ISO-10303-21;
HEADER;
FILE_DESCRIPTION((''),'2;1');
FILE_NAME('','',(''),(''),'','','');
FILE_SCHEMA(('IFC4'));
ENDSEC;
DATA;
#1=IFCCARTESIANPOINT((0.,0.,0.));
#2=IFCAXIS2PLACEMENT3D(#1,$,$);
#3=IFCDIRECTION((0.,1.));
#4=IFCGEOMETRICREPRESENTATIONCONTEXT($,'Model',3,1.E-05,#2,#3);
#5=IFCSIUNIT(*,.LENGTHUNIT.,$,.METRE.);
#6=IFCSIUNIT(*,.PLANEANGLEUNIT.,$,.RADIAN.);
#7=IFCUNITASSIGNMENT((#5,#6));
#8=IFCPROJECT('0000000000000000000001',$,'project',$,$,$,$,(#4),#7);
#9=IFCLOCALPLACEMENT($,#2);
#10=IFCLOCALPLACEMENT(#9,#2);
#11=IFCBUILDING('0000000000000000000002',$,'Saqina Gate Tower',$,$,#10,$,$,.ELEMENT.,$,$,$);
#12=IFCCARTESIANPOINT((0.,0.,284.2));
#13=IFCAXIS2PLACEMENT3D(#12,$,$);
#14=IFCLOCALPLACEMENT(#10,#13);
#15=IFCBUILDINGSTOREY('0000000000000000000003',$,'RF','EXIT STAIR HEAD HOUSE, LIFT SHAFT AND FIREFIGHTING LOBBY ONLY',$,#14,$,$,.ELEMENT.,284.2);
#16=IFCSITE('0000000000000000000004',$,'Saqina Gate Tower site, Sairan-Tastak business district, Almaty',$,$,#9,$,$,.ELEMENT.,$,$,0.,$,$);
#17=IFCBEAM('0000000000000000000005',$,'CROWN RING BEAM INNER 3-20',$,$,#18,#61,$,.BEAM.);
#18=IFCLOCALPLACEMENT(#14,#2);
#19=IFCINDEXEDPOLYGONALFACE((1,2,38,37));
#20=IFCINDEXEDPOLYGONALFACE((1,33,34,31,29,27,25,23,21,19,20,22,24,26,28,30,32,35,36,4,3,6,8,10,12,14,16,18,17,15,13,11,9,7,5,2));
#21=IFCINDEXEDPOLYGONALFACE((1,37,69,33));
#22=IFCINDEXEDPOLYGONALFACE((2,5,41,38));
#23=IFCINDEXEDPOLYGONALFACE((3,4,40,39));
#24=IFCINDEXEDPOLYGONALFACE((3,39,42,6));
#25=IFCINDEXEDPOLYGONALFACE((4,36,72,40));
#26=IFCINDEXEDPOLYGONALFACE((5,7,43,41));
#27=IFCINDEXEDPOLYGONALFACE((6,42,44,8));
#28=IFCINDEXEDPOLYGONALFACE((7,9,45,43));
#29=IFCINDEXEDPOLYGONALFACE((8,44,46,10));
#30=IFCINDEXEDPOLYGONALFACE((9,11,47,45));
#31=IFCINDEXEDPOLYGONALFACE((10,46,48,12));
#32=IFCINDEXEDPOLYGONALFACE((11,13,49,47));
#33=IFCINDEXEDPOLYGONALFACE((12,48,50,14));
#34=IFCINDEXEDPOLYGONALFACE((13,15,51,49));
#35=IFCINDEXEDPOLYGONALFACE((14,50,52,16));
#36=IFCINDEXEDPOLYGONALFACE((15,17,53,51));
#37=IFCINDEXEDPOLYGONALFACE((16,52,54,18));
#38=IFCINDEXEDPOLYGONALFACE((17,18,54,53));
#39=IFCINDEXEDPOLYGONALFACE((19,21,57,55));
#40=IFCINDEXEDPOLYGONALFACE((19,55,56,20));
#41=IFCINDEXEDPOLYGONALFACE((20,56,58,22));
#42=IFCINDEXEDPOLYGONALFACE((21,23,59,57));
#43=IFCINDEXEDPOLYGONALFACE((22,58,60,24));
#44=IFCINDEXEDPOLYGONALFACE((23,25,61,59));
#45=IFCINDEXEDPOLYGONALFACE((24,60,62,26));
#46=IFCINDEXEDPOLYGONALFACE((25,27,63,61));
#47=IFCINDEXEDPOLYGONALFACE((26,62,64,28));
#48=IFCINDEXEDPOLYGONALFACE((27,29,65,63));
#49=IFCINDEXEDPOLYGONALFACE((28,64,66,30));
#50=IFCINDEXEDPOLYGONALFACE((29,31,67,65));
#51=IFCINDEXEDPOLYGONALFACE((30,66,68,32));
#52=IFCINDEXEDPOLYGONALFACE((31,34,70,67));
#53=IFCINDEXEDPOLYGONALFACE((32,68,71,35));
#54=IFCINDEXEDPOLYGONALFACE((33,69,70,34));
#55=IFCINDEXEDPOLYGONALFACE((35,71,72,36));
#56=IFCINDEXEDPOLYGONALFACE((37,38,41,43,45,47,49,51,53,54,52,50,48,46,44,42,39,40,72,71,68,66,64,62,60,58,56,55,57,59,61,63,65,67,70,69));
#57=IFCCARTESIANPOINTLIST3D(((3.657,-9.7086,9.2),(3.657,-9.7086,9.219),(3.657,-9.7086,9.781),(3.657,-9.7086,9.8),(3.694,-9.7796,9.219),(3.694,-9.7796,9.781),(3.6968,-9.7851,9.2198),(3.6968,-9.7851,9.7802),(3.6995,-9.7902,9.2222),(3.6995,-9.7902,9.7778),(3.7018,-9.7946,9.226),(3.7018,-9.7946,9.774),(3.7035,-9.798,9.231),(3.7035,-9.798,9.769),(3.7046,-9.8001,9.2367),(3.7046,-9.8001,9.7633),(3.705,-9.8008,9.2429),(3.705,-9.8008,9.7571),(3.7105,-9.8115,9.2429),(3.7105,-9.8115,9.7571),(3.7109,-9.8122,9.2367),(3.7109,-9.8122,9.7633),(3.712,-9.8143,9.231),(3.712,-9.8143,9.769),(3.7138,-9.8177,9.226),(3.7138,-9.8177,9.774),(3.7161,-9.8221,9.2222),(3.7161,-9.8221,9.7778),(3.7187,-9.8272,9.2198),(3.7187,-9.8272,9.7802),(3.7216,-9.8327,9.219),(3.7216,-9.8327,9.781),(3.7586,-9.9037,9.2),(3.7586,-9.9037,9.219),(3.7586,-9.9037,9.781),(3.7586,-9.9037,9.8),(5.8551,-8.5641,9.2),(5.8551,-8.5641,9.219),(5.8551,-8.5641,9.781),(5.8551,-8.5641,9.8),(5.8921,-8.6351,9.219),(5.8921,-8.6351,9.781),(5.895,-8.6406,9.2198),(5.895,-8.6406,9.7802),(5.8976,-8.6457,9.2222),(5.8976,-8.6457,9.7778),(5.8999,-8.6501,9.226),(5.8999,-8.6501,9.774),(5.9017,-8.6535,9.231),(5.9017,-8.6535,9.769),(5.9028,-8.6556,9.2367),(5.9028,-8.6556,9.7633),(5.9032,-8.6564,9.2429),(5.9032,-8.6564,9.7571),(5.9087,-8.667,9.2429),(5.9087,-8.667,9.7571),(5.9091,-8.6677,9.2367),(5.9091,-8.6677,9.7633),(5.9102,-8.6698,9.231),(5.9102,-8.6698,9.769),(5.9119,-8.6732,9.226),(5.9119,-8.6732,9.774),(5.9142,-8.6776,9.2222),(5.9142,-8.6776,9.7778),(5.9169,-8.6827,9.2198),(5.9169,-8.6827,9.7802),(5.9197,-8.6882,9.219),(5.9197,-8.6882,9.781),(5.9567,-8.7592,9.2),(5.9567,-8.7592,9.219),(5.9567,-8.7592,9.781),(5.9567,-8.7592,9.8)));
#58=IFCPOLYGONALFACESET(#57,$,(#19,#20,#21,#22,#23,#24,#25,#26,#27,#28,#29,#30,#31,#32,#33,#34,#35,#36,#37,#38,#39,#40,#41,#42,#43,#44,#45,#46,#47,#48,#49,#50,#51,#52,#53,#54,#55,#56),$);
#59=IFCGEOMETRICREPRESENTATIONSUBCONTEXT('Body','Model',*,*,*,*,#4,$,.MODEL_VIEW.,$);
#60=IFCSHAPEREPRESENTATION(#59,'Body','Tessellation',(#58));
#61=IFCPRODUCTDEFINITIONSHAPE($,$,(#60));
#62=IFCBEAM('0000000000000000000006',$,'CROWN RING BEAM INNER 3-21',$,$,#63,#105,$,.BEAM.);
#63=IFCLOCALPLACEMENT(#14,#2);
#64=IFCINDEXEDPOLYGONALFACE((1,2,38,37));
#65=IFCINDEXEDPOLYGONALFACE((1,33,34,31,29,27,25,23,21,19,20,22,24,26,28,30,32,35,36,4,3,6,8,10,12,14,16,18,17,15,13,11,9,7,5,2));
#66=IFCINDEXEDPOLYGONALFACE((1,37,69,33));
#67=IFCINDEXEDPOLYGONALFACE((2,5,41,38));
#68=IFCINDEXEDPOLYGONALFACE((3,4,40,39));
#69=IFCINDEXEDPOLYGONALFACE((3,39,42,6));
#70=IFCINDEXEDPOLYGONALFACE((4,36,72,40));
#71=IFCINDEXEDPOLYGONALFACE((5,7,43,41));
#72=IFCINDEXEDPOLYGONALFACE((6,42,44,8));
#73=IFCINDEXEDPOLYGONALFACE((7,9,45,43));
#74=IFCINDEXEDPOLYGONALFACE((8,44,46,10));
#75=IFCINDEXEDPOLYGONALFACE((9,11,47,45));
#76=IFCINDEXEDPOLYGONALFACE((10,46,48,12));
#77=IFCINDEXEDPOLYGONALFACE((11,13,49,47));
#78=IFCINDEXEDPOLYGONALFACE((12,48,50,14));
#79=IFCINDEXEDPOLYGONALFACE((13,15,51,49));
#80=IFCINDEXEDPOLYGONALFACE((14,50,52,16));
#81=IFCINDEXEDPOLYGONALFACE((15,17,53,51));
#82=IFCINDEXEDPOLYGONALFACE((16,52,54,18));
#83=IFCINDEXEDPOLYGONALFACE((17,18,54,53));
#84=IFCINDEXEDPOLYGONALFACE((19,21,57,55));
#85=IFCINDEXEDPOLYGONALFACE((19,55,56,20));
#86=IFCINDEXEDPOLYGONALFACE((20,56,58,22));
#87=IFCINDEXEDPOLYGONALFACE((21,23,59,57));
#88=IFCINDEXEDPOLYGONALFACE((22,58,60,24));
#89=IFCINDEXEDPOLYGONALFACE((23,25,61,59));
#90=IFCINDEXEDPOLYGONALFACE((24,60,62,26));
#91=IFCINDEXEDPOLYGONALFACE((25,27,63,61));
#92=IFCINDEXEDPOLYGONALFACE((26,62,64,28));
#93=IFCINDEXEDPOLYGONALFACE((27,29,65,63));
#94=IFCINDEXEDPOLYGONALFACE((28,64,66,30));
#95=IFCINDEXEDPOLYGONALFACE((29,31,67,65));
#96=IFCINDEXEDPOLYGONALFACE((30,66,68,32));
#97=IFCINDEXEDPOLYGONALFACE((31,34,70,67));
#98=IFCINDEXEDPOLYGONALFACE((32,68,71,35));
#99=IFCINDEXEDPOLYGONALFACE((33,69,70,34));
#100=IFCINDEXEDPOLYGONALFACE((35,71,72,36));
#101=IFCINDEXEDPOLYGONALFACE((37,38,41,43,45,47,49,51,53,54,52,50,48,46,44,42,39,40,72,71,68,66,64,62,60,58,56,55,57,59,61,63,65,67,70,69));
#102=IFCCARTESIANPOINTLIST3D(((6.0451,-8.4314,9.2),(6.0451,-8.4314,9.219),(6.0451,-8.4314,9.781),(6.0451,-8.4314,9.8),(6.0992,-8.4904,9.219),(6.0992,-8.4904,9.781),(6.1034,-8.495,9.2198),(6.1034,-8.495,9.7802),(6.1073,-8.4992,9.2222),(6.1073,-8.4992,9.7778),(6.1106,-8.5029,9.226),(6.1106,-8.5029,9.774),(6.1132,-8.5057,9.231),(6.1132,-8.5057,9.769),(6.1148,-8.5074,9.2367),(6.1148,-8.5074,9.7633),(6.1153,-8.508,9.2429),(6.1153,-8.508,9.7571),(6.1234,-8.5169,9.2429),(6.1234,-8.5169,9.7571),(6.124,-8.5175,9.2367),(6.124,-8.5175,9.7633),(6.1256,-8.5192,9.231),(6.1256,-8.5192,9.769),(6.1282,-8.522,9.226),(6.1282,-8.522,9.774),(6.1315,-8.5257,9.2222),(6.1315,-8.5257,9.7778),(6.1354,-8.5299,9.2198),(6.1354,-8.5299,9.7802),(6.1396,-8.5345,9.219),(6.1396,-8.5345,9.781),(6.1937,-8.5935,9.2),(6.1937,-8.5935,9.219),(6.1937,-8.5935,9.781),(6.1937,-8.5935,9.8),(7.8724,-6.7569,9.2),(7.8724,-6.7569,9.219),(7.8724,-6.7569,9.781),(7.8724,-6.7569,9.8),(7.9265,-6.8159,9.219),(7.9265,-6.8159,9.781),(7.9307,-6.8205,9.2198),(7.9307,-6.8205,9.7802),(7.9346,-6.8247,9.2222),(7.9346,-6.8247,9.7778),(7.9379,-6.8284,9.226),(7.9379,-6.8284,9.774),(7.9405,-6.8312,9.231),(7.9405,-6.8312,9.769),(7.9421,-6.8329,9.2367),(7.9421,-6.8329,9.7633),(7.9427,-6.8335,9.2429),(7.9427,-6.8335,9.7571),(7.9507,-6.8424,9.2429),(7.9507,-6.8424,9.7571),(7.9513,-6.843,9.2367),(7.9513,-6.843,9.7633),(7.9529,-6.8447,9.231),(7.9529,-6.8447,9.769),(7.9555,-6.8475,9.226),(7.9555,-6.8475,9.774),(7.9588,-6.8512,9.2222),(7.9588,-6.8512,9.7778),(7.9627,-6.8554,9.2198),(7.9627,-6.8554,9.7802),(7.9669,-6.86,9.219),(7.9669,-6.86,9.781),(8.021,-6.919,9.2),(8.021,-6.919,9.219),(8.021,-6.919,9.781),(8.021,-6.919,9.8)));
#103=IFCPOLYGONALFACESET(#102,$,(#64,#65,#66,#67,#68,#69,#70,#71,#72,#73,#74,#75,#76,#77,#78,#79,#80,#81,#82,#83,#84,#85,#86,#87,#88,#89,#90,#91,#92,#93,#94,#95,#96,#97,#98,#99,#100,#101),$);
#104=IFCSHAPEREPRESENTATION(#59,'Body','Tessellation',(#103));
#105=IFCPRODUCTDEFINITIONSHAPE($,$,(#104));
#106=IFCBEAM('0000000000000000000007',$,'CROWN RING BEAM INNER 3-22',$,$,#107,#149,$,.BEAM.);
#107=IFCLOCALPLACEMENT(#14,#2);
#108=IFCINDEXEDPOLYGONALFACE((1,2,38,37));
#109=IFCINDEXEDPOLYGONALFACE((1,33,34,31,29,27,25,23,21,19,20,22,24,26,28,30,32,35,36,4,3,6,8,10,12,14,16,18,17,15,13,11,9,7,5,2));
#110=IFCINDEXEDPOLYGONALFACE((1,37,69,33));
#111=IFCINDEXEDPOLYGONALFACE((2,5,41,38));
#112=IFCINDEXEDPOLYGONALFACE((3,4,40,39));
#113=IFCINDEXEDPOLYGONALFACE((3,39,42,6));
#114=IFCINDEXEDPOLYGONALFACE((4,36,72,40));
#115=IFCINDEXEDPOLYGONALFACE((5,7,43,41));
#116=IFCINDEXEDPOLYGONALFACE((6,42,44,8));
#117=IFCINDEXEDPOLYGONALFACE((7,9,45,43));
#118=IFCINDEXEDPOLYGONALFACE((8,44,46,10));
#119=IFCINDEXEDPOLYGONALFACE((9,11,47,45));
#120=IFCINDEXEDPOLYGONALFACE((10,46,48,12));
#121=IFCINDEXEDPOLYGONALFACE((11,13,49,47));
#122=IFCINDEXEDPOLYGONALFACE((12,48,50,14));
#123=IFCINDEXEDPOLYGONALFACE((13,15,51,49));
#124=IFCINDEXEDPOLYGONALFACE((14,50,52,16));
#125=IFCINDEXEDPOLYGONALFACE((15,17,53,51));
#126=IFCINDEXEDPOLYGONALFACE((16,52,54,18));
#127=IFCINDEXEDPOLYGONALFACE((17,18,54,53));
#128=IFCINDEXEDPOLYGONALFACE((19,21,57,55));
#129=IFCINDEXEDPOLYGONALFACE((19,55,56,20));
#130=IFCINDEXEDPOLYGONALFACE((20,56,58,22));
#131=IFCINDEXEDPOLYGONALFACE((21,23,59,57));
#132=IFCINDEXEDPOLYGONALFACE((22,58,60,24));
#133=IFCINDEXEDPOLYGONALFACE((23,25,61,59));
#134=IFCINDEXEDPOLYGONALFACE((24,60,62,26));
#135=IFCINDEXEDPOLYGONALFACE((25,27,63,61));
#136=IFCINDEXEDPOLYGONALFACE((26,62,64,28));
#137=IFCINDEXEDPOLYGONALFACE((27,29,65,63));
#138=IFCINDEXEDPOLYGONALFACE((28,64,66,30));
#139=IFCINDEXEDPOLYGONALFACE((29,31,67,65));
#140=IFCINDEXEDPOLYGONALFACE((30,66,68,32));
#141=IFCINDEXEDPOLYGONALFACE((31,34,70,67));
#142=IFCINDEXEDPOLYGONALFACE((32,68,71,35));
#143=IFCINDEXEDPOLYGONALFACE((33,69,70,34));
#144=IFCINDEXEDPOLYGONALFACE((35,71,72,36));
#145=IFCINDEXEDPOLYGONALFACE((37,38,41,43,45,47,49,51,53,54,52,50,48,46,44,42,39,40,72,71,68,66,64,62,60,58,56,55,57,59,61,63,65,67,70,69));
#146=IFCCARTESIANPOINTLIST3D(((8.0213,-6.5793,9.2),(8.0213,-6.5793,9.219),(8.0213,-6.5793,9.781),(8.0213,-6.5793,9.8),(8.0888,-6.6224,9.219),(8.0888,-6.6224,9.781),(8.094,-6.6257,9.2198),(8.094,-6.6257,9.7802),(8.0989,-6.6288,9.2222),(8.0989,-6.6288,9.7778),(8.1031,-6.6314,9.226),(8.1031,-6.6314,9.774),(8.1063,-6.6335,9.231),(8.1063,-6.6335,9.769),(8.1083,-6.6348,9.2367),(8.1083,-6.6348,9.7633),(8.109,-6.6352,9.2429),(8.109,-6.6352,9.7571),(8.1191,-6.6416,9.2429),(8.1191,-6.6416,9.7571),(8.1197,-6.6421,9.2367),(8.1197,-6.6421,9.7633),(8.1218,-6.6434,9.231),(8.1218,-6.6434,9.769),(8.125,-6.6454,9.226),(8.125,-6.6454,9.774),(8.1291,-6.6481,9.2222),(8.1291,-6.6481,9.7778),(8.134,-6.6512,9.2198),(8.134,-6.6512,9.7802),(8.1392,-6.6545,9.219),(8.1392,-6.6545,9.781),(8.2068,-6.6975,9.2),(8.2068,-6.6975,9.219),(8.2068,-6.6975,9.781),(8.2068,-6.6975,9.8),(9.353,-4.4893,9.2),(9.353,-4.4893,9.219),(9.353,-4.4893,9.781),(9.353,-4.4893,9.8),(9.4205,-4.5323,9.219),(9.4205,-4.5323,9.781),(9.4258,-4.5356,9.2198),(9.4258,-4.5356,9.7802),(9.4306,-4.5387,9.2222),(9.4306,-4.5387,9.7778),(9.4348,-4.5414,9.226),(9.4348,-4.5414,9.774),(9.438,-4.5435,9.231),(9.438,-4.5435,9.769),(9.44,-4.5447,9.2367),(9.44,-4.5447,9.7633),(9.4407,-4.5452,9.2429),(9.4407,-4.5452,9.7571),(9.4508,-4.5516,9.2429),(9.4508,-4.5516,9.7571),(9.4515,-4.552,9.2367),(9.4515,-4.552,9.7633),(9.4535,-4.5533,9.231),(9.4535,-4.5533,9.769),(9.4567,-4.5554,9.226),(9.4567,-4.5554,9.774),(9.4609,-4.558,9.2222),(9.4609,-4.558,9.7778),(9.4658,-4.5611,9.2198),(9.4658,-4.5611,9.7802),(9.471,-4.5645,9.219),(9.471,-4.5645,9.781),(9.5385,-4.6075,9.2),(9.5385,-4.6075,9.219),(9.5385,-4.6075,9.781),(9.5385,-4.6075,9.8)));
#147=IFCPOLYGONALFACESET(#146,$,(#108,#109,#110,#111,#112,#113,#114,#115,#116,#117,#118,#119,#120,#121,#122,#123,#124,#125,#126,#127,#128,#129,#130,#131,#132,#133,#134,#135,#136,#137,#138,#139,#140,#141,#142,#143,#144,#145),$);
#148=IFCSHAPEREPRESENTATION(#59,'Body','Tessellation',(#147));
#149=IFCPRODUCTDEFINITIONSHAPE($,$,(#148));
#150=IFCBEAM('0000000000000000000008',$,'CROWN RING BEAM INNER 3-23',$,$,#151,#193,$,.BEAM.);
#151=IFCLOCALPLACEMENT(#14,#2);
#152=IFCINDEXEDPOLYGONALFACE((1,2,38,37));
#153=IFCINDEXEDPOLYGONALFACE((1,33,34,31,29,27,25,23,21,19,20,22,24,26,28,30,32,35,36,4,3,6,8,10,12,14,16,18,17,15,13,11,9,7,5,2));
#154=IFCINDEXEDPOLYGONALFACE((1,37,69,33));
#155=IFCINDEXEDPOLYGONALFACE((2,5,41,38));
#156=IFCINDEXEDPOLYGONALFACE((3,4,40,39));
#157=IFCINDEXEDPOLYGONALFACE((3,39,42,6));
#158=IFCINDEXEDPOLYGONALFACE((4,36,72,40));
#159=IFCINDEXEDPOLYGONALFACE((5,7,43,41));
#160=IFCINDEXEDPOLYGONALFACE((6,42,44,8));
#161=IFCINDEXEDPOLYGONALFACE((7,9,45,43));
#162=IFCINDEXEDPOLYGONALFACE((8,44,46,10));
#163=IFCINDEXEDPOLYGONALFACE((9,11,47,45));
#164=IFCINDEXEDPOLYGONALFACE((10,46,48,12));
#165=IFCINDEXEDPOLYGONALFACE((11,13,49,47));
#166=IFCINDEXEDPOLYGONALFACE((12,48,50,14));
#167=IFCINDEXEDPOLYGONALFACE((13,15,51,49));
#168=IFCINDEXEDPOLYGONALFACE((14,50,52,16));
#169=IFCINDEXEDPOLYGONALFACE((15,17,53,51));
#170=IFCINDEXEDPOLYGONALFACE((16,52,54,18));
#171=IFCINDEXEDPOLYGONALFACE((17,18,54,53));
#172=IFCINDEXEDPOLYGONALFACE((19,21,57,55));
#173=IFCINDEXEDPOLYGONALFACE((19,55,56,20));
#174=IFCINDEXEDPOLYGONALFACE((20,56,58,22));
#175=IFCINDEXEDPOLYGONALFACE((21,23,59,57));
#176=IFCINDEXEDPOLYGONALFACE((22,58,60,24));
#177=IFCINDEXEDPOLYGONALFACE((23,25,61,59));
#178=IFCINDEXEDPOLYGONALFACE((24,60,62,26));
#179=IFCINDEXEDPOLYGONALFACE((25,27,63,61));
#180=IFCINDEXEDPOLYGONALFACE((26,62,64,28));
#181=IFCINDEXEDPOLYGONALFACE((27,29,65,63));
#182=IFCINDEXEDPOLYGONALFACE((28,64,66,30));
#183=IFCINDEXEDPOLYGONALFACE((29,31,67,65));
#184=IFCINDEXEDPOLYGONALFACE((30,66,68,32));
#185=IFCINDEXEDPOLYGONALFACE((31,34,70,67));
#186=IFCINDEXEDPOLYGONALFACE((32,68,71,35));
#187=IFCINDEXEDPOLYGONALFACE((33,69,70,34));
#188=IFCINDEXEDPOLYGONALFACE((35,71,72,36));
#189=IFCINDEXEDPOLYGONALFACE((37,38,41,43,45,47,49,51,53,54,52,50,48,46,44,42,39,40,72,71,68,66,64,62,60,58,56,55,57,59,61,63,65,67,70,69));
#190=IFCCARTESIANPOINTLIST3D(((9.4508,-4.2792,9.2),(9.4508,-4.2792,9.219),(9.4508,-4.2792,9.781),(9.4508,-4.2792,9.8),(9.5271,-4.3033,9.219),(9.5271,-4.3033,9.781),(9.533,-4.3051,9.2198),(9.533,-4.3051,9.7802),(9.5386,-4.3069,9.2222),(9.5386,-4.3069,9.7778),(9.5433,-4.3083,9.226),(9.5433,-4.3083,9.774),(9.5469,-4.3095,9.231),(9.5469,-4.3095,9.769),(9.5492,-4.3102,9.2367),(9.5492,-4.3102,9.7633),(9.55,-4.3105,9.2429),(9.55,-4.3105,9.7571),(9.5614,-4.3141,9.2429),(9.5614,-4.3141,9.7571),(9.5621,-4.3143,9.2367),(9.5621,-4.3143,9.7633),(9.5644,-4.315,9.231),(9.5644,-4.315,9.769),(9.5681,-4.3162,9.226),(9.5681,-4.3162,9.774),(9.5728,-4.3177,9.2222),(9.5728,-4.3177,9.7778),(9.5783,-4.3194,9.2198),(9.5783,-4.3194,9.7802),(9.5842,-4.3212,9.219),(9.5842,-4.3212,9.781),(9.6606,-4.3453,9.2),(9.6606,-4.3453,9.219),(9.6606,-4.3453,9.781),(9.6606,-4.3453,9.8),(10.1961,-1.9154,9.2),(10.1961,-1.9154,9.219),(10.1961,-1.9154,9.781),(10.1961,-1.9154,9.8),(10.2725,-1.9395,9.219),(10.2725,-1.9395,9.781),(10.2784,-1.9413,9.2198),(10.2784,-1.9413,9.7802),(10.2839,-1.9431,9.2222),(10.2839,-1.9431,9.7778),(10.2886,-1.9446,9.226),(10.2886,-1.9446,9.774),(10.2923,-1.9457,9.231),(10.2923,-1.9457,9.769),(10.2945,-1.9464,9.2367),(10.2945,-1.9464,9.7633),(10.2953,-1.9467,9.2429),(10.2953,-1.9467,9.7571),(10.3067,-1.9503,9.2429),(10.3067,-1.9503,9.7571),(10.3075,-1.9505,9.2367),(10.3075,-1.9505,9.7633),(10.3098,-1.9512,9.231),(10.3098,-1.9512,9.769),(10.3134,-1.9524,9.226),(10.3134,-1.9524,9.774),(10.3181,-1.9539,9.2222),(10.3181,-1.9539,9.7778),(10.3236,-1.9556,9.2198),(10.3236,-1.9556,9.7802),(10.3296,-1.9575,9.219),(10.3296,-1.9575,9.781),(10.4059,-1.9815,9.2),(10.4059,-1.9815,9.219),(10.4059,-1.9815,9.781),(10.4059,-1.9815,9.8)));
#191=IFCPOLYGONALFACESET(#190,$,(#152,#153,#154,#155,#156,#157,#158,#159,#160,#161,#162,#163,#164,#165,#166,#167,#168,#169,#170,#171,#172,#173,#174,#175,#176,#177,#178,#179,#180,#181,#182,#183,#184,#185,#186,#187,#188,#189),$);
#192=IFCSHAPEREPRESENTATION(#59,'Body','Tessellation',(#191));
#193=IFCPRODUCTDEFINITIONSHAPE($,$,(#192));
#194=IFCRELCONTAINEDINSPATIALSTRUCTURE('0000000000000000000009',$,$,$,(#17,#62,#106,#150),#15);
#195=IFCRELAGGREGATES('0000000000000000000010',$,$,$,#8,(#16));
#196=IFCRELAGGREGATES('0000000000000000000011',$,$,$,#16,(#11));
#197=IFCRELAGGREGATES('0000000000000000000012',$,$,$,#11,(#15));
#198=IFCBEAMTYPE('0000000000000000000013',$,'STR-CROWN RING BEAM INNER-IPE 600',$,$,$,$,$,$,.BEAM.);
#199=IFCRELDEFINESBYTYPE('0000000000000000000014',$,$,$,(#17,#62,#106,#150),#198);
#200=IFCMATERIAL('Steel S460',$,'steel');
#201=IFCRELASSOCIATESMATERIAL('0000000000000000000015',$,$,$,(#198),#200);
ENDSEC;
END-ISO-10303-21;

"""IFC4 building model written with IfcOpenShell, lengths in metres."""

from ifc_helpers import new_model, si_unit, direction, frame, origin, origin_2d, place, context, subcontext, project, spatial, i_section, extrude, material, material_profile, profile_set, type_object, element, save


model = new_model("IFC4")

# Units and contexts
model_context = context("Model", 3, precision=1e-05, world=origin(), true_north=direction((0.0, 1.0)))
body_context = subcontext(model_context, "Body", "Model", "MODEL_VIEW")
ifc_project = project(units=[si_unit("LENGTHUNIT", "METRE"), si_unit("PLANEANGLEUNIT", "RADIAN")], contexts=[model_context])

# Site, building, storey
site_placement = place(None, origin())
site = spatial("IfcSite", under=ifc_project, at=site_placement, Name="Saqina Gate Tower site, Sairan-Tastak business district, Almaty", CompositionType="ELEMENT", RefElevation=0.0)
building_placement = place(site_placement, origin())
building = spatial("IfcBuilding", under=site, at=building_placement, Name="Saqina Gate Tower", CompositionType="ELEMENT")
storey_placement = place(building_placement, frame((0.0, 0.0, 284.2)))
storey = spatial("IfcBuildingStorey", under=building, at=storey_placement, Name="RF", Description="EXIT STAIR HEAD HOUSE, LIFT SHAFT AND FIREFIGHTING LOBBY ONLY", CompositionType="ELEMENT", Elevation=284.2)

# Beams
ifc_material_1 = material(Name="Steel S460", Category="steel")
ifc_material_profile_1 = material_profile(ifc_material_1, i_section(OverallWidth=0.22, OverallDepth=0.6001, WebThickness=0.012, FlangeThickness=0.019, FilletRadius=0.0239, at=origin_2d()), Name="IPE 600")
ifc_profile_set_1 = profile_set([ifc_material_profile_1], Name="Steel S460")
beam_type_1 = type_object("IfcBeamType", Name="STR-CROWN RING BEAM INNER-IPE 600", PredefinedType="BEAM", material=ifc_profile_set_1)
beam_1_placement = place(storey_placement, frame((3.7078, -9.8062, 9.5), z_axis=(0.886978, 0.461812, 0.0), x_axis=(-0.461812, 0.886978, 0.0)))
element("IfcBeam", 1, at=beam_1_placement, inside=storey, type_object=beam_type_1, Name="CROWN RING BEAM INNER 3-20", PredefinedType="BEAM", context=body_context, shape_type="SweptSolid", body=[
    extrude(i_section(OverallWidth=0.22, OverallDepth=0.6001, WebThickness=0.012, FlangeThickness=0.019, FilletRadius=0.0239, at=origin_2d()), origin(), (0.0, 0.0, 1.0), 2.4783),
])
beam_2_placement = place(storey_placement, frame((6.1194, -8.5125, 9.5), z_axis=(0.737265, 0.675604, 0.0), x_axis=(-0.675604, 0.737265, 0.0)))
element("IfcBeam", 2, at=beam_2_placement, inside=storey, type_object=beam_type_1, Name="CROWN RING BEAM INNER 3-21", PredefinedType="BEAM", context=body_context, shape_type="SweptSolid", body=[
    extrude(i_section(OverallWidth=0.22, OverallDepth=0.6001, WebThickness=0.012, FlangeThickness=0.019, FilletRadius=0.0239, at=origin_2d()), origin(), (0.0, 0.0, 1.0), 2.4785),
])
beam_3_placement = place(storey_placement, frame((8.114, -6.6384, 9.5), z_axis=(0.537373, 0.843345, 0.0), x_axis=(-0.843345, 0.537373, 0.0)))
element("IfcBeam", 3, at=beam_3_placement, inside=storey, type_object=beam_type_1, Name="CROWN RING BEAM INNER 3-22", PredefinedType="BEAM", context=body_context, shape_type="SweptSolid", body=[
    extrude(i_section(OverallWidth=0.22, OverallDepth=0.6001, WebThickness=0.012, FlangeThickness=0.019, FilletRadius=0.0239, at=origin_2d()), origin(), (0.0, 0.0, 1.0), 2.4783),
])
for number, where, z_axis, x_axis, name in (
    (4, (9.5557, -4.3123, 9.5), (0.300731, 0.953709, 0.0), (-0.953709, 0.300731, 0.0), "CROWN RING BEAM INNER 3-23"),
):
    element("IfcBeam", number, at=place(storey_placement, frame(where, z_axis=z_axis, x_axis=x_axis)), inside=storey, type_object=beam_type_1, Name=name, PredefinedType="BEAM", context=body_context, shape_type="SweptSolid", body=[
        extrude(i_section(OverallWidth=0.22, OverallDepth=0.6001, WebThickness=0.012, FlangeThickness=0.019, FilletRadius=0.0239, at=origin_2d()), origin(), (0.0, 0.0, 1.0), 2.4785),
    ])

save(model, "model.ifc")
